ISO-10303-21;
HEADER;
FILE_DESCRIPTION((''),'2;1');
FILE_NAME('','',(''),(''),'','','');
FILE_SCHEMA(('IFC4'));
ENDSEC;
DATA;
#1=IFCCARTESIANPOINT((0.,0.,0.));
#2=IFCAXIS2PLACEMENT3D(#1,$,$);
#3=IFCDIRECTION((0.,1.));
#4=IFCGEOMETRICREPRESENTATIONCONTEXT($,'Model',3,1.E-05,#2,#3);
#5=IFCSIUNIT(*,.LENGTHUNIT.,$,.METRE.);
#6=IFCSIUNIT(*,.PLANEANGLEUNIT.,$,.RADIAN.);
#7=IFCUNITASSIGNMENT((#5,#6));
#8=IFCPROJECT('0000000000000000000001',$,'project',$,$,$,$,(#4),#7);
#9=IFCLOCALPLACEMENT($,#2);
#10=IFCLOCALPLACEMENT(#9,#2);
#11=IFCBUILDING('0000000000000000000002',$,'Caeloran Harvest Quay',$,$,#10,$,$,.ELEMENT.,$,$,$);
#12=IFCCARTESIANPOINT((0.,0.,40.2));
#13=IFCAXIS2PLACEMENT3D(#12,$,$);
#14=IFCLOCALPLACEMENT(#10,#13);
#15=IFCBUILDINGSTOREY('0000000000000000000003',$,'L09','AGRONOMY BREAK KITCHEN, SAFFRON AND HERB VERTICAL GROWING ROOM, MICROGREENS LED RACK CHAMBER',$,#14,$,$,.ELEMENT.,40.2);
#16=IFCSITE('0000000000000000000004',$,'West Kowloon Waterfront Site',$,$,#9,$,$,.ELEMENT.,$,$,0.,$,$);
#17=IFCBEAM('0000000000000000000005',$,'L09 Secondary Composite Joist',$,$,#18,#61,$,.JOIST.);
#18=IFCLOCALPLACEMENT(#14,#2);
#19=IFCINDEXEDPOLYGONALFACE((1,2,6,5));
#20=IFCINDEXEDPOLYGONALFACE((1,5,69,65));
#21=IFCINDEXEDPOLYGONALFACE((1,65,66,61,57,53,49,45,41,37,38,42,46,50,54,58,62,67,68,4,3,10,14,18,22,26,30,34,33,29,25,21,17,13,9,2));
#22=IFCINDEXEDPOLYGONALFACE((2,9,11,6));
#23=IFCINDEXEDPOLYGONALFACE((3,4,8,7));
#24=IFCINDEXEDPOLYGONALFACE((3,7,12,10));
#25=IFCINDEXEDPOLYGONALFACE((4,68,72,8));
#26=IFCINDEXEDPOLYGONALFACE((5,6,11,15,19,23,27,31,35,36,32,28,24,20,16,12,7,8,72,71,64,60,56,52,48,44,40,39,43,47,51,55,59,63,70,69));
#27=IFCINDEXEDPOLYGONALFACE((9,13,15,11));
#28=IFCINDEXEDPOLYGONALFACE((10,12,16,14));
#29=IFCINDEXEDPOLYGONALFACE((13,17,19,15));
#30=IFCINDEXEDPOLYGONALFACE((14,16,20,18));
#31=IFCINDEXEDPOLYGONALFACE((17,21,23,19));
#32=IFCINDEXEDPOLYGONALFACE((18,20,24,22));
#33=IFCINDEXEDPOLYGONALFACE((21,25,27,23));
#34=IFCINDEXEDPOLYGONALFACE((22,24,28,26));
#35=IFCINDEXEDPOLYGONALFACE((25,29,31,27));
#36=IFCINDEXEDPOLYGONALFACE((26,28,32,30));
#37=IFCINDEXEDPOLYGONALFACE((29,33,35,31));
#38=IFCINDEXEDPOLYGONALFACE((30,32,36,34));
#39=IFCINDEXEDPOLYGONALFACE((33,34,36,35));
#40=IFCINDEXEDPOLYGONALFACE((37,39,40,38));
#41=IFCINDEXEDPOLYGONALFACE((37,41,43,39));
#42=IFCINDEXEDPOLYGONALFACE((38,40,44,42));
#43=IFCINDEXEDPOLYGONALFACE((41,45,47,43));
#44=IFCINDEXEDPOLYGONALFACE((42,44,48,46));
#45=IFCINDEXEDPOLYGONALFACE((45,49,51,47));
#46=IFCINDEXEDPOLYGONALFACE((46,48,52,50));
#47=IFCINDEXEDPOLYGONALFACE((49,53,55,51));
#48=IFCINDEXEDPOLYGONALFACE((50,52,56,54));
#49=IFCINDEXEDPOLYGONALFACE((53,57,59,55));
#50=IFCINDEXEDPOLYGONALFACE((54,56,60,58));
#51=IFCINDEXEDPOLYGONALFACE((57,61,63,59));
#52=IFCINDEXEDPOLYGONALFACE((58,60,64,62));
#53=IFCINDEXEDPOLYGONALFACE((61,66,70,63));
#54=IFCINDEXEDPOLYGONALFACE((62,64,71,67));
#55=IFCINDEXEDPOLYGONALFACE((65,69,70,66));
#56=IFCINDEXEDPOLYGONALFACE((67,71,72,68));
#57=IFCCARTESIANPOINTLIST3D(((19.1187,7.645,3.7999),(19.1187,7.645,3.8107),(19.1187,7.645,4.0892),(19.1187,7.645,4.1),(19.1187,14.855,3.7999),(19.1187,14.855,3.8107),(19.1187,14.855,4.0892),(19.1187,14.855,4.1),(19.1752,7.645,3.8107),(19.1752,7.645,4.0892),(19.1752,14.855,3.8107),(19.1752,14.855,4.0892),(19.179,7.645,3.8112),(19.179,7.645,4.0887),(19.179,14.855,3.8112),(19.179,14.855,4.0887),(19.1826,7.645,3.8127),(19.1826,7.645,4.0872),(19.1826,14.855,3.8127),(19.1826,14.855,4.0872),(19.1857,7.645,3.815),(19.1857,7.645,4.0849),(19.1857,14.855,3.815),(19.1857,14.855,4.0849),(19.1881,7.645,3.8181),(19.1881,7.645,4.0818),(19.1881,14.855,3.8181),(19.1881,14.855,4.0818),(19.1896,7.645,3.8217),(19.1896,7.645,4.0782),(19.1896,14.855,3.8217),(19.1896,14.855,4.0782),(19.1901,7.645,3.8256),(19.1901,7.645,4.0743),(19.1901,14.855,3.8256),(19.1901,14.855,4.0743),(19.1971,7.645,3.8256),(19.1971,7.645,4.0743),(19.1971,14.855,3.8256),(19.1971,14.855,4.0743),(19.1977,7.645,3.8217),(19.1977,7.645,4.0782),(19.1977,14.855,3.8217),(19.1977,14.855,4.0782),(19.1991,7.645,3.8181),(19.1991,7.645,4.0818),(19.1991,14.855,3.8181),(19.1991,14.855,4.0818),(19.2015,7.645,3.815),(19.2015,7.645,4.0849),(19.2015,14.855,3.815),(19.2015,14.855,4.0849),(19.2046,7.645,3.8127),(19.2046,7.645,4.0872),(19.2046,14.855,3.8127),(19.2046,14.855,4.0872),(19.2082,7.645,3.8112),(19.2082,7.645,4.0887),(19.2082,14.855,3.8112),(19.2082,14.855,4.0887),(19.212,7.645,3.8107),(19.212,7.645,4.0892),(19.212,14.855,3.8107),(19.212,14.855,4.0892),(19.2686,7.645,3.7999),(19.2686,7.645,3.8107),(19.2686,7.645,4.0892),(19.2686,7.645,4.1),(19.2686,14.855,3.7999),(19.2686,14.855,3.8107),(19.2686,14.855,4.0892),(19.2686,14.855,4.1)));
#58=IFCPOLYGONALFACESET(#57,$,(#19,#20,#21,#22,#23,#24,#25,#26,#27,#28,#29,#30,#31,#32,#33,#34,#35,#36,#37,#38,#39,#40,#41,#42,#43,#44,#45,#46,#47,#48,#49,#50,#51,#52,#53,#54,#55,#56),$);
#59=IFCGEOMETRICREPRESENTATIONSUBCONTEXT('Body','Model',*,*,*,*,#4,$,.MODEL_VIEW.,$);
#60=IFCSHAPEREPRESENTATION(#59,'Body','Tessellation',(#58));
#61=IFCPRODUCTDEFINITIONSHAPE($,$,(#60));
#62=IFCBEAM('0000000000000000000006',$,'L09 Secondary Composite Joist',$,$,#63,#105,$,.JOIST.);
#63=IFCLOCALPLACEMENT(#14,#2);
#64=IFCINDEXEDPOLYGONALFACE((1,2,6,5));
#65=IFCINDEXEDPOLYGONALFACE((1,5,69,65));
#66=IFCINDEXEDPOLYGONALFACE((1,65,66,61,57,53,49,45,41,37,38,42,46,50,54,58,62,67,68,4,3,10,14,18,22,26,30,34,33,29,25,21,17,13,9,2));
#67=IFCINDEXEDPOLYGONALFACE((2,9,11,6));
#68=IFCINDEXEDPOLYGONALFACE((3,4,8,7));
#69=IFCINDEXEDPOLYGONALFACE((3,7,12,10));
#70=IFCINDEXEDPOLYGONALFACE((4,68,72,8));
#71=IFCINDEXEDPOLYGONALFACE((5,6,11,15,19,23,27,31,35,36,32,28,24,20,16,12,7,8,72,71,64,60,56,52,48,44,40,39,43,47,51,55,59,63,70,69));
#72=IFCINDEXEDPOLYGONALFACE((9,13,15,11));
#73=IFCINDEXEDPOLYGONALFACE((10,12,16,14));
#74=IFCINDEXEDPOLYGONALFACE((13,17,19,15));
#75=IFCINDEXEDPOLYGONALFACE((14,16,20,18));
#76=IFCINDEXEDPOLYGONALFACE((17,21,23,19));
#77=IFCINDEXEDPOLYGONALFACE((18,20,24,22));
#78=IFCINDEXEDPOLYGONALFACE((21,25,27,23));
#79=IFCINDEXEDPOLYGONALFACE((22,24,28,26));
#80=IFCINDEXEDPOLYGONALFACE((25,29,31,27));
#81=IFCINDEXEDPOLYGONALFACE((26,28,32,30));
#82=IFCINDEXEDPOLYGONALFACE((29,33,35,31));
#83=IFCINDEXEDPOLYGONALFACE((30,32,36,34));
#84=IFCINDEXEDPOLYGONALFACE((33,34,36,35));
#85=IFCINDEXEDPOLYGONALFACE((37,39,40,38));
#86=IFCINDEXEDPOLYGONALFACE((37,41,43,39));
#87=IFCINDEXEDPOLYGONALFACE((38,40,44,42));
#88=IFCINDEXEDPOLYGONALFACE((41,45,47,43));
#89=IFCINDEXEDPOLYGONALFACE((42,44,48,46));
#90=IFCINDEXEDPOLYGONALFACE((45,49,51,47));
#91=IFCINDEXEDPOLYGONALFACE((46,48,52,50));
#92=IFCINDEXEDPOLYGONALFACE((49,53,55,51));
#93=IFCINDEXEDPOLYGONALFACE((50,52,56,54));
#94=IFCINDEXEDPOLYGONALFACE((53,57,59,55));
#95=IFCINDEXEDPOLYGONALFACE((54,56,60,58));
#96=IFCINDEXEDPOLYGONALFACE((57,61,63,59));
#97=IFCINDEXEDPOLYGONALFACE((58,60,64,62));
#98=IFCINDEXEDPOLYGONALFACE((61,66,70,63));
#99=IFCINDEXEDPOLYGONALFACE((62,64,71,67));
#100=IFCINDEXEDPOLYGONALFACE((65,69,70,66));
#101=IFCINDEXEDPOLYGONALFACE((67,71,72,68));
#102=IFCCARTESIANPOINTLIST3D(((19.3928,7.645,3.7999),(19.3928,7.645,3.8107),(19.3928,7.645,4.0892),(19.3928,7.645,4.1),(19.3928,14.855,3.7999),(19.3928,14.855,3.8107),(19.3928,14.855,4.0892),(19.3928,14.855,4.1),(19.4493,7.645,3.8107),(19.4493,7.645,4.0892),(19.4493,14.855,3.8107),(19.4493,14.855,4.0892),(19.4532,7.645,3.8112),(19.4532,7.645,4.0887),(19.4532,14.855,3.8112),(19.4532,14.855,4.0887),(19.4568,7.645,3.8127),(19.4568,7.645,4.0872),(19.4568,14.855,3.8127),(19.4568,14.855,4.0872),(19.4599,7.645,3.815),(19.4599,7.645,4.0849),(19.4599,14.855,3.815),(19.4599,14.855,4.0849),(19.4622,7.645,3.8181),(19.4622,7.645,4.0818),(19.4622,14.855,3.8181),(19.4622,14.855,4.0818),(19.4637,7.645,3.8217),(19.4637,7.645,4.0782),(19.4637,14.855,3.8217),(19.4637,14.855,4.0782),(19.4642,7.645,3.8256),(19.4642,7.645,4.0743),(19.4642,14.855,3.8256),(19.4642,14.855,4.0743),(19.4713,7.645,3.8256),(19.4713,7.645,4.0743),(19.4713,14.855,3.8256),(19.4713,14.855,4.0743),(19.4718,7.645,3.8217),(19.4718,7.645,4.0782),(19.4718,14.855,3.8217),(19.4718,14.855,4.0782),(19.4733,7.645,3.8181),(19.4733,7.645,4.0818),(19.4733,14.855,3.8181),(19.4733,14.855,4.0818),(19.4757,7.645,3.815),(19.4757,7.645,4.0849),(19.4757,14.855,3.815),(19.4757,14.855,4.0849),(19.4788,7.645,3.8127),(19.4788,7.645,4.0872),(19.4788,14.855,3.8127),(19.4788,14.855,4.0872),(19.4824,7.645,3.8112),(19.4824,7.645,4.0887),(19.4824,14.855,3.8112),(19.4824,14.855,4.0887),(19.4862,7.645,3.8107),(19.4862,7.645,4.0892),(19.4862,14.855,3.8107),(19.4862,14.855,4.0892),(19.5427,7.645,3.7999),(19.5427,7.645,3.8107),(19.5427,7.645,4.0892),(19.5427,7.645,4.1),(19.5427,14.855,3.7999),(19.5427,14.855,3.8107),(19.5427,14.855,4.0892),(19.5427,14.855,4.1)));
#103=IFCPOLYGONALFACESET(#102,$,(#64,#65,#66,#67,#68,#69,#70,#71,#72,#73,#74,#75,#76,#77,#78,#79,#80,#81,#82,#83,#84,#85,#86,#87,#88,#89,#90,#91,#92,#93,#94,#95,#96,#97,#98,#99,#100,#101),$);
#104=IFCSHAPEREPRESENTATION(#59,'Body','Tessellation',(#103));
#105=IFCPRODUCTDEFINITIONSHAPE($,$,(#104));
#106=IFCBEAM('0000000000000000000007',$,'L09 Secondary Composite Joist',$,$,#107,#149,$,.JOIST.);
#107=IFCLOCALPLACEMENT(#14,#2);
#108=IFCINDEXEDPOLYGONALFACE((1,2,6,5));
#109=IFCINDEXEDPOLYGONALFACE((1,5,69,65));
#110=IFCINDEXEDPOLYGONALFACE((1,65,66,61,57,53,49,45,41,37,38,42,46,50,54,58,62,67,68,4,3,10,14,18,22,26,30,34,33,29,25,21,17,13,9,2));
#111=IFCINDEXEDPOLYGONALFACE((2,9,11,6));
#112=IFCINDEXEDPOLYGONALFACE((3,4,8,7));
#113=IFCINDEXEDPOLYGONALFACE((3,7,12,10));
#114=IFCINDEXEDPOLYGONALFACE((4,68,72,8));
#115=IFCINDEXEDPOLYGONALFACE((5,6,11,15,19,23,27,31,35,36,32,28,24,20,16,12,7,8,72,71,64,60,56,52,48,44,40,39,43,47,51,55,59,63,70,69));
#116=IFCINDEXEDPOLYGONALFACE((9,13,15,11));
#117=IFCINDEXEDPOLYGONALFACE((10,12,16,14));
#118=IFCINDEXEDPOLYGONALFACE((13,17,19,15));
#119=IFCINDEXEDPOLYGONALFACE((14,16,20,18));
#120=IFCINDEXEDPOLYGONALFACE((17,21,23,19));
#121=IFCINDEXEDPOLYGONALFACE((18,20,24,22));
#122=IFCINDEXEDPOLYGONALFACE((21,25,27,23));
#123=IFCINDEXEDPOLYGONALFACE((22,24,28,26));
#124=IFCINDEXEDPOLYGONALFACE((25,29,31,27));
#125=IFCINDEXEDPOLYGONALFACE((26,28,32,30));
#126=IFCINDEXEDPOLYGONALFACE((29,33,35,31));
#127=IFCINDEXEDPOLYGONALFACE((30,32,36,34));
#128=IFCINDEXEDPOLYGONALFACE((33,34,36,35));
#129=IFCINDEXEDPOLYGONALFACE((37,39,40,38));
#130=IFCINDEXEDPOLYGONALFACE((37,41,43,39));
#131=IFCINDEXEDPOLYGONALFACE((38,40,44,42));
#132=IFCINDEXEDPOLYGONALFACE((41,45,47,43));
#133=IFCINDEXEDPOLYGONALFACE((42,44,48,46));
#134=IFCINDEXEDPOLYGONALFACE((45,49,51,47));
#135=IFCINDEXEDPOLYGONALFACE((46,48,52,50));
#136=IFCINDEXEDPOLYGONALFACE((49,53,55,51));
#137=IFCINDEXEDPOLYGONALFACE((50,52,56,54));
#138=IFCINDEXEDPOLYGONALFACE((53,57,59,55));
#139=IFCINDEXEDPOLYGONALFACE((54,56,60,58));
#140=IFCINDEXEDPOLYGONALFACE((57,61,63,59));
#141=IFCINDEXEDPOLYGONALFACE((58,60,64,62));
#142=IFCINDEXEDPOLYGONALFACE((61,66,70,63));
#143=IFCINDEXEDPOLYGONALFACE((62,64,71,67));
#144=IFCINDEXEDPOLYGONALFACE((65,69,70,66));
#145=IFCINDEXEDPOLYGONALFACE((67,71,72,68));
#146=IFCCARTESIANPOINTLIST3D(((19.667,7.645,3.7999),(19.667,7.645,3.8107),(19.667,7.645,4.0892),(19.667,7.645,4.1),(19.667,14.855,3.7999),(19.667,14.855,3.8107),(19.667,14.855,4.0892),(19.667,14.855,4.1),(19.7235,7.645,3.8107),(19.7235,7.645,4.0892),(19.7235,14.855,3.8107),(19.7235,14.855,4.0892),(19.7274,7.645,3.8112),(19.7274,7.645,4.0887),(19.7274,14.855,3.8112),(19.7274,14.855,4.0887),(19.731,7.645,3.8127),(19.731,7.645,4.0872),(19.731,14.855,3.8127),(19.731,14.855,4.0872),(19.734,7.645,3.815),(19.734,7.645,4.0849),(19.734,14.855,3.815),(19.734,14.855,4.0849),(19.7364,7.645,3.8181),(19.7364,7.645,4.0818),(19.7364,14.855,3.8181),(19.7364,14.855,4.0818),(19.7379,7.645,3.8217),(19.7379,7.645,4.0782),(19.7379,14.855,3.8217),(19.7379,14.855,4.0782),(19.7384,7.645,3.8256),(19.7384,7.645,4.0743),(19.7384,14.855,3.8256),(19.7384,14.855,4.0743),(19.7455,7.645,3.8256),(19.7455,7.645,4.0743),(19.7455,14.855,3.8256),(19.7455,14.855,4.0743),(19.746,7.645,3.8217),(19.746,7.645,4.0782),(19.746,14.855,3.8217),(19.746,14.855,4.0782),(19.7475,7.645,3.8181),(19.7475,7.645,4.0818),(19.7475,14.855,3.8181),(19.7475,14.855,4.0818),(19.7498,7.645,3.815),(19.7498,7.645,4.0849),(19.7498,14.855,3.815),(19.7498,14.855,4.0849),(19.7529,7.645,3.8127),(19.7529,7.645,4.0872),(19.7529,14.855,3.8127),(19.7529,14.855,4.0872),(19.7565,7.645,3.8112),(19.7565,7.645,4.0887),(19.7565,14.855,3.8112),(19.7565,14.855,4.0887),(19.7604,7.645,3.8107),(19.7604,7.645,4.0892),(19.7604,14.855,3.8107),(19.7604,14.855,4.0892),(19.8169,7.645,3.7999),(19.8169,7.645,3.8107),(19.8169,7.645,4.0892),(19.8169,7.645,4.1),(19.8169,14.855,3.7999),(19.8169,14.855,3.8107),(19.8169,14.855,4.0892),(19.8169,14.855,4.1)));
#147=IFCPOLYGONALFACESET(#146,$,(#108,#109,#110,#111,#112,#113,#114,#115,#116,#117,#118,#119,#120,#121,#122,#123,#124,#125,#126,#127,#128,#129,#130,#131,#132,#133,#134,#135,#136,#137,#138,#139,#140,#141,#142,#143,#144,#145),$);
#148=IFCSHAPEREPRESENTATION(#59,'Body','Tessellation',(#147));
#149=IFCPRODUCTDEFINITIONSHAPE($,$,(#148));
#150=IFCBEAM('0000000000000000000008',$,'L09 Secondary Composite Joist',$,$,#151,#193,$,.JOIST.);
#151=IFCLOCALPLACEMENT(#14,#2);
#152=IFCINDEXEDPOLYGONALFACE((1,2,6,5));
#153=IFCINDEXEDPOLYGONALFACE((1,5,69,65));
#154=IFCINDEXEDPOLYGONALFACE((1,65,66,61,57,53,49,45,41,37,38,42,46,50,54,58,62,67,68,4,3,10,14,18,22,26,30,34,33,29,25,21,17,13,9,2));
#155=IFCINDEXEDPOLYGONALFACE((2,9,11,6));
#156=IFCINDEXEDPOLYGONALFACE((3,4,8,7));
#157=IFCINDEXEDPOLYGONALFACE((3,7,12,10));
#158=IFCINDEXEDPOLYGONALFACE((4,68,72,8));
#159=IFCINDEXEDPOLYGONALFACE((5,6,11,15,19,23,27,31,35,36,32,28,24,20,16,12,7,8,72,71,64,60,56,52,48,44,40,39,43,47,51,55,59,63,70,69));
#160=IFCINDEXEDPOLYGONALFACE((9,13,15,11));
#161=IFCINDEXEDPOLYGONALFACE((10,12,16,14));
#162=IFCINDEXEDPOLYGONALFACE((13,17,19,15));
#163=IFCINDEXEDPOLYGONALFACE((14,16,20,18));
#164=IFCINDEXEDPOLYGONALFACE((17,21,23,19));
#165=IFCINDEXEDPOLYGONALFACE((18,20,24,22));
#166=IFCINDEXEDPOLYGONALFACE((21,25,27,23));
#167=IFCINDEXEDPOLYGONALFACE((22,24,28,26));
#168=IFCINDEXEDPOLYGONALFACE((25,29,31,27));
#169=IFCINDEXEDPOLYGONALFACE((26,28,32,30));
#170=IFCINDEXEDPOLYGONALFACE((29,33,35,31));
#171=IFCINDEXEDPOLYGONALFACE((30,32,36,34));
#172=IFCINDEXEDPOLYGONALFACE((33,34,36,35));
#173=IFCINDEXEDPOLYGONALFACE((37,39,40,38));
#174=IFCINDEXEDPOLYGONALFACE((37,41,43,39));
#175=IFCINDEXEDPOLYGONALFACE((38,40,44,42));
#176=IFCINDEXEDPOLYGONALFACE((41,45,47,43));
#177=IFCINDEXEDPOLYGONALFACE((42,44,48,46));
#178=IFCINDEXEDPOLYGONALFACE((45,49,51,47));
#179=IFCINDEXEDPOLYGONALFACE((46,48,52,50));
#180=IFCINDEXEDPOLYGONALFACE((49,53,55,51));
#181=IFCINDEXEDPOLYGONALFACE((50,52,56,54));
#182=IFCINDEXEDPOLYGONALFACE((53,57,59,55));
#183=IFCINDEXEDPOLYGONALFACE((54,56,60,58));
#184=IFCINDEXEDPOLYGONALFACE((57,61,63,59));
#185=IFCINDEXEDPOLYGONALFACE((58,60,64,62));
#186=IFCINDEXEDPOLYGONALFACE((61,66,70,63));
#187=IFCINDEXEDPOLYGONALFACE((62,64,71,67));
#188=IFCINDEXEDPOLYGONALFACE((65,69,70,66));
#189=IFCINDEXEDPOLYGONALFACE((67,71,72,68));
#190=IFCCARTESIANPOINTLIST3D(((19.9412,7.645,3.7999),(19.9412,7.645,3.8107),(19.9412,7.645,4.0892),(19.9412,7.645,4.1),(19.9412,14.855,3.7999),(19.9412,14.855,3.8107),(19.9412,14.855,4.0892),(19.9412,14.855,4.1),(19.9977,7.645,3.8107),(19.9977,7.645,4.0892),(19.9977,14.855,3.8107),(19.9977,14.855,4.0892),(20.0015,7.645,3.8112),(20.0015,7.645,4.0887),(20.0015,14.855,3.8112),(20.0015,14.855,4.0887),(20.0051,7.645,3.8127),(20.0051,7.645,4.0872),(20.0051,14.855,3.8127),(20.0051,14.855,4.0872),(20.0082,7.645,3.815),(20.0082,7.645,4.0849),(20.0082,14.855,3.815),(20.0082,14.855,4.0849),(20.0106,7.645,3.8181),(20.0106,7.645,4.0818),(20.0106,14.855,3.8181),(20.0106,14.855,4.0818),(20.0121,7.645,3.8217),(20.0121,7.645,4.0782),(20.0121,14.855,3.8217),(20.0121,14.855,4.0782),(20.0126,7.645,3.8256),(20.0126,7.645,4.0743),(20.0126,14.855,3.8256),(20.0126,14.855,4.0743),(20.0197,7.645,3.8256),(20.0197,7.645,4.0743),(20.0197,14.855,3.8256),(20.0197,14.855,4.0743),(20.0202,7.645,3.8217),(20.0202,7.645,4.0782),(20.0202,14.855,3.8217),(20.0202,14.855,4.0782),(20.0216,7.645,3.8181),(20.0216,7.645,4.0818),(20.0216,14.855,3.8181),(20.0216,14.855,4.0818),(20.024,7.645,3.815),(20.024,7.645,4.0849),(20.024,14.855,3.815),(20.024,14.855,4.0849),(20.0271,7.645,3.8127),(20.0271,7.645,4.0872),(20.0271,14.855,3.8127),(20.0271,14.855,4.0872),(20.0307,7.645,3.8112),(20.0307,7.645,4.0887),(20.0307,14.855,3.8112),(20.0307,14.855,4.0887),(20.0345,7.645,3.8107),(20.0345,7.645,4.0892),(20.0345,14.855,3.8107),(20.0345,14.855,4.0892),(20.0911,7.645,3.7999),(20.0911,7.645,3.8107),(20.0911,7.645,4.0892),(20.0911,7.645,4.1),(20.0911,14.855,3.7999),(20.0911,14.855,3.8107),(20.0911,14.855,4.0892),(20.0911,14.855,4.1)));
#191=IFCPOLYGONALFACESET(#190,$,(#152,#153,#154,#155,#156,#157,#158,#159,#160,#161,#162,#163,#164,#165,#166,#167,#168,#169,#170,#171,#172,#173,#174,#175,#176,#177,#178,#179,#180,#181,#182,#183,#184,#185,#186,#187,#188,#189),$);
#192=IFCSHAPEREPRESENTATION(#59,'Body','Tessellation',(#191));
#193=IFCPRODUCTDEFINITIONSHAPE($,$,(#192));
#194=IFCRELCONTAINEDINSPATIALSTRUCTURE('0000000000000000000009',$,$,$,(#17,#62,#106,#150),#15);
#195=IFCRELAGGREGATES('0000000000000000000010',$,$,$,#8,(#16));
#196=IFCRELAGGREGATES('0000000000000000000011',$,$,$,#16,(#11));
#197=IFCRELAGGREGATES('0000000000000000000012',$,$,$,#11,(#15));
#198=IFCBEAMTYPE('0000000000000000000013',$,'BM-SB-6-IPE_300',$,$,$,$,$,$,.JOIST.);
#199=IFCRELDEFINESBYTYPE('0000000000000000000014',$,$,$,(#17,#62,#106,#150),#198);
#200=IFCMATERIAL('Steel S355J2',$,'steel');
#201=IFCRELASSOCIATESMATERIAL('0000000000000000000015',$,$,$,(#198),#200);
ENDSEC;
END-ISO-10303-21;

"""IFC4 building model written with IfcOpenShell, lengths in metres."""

from ifc_helpers import new_model, si_unit, direction, frame, origin, origin_2d, place, context, subcontext, project, spatial, i_section, extrude, material, material_profile, profile_set, type_object, element, save


model = new_model("IFC4")

# Units and contexts
model_context = context("Model", 3, precision=1e-05, world=origin(), true_north=direction((0.0, 1.0)))
body_context = subcontext(model_context, "Body", "Model", "MODEL_VIEW")
ifc_project = project(units=[si_unit("LENGTHUNIT", "METRE"), si_unit("PLANEANGLEUNIT", "RADIAN")], contexts=[model_context])

# Site, building, storey
site_placement = place(None, origin())
site = spatial("IfcSite", under=ifc_project, at=site_placement, Name="West Kowloon Waterfront Site", CompositionType="ELEMENT", RefElevation=0.0)
building_placement = place(site_placement, origin())
building = spatial("IfcBuilding", under=site, at=building_placement, Name="Caeloran Harvest Quay", CompositionType="ELEMENT")
storey_placement = place(building_placement, frame((0.0, 0.0, 40.2)))
storey = spatial("IfcBuildingStorey", under=building, at=storey_placement, Name="L09", Description="AGRONOMY BREAK KITCHEN, SAFFRON AND HERB VERTICAL GROWING ROOM, MICROGREENS LED RACK CHAMBER", CompositionType="ELEMENT", Elevation=40.2)

# Beams
ifc_material_1 = material(Name="Steel S355J2", Category="steel")
ifc_material_profile_1 = material_profile(ifc_material_1, i_section(OverallWidth=0.1499, OverallDepth=0.3, WebThickness=0.0071, FlangeThickness=0.0107, FilletRadius=0.0149, at=origin_2d()), Name="IPE 300")
ifc_profile_set_1 = profile_set([ifc_material_profile_1], Name="Steel S355J2")
beam_type_1 = type_object("IfcBeamType", Name="BM-SB-6-IPE_300", PredefinedType="JOIST", material=ifc_profile_set_1)
for number, where, z_axis, x_axis, name in (
    (1, (19.1936, 7.645, 3.95), (0.0, 1.0, 0.0), (-1.0, 0.0, 0.0), "L09 Secondary Composite Joist"),
    (2, (19.4678, 7.645, 3.95), (0.0, 1.0, 0.0), (-1.0, 0.0, 0.0), "L09 Secondary Composite Joist"),
    (3, (19.7419, 7.645, 3.95), (0.0, 1.0, 0.0), (-1.0, 0.0, 0.0), "L09 Secondary Composite Joist"),
    (4, (20.0161, 7.645, 3.95), (0.0, 1.0, 0.0), (-1.0, 0.0, 0.0), "L09 Secondary Composite Joist"),
):
    element("IfcBeam", number, at=place(storey_placement, frame(where, z_axis=z_axis, x_axis=x_axis)), inside=storey, type_object=beam_type_1, Name=name, PredefinedType="JOIST", context=body_context, shape_type="SweptSolid", body=[
        extrude(i_section(OverallWidth=0.1499, OverallDepth=0.3, WebThickness=0.0071, FlangeThickness=0.0107, FilletRadius=0.0149, at=origin_2d()), origin(), (0.0, 0.0, 1.0), 7.21),
    ])

save(model, "model.ifc")
